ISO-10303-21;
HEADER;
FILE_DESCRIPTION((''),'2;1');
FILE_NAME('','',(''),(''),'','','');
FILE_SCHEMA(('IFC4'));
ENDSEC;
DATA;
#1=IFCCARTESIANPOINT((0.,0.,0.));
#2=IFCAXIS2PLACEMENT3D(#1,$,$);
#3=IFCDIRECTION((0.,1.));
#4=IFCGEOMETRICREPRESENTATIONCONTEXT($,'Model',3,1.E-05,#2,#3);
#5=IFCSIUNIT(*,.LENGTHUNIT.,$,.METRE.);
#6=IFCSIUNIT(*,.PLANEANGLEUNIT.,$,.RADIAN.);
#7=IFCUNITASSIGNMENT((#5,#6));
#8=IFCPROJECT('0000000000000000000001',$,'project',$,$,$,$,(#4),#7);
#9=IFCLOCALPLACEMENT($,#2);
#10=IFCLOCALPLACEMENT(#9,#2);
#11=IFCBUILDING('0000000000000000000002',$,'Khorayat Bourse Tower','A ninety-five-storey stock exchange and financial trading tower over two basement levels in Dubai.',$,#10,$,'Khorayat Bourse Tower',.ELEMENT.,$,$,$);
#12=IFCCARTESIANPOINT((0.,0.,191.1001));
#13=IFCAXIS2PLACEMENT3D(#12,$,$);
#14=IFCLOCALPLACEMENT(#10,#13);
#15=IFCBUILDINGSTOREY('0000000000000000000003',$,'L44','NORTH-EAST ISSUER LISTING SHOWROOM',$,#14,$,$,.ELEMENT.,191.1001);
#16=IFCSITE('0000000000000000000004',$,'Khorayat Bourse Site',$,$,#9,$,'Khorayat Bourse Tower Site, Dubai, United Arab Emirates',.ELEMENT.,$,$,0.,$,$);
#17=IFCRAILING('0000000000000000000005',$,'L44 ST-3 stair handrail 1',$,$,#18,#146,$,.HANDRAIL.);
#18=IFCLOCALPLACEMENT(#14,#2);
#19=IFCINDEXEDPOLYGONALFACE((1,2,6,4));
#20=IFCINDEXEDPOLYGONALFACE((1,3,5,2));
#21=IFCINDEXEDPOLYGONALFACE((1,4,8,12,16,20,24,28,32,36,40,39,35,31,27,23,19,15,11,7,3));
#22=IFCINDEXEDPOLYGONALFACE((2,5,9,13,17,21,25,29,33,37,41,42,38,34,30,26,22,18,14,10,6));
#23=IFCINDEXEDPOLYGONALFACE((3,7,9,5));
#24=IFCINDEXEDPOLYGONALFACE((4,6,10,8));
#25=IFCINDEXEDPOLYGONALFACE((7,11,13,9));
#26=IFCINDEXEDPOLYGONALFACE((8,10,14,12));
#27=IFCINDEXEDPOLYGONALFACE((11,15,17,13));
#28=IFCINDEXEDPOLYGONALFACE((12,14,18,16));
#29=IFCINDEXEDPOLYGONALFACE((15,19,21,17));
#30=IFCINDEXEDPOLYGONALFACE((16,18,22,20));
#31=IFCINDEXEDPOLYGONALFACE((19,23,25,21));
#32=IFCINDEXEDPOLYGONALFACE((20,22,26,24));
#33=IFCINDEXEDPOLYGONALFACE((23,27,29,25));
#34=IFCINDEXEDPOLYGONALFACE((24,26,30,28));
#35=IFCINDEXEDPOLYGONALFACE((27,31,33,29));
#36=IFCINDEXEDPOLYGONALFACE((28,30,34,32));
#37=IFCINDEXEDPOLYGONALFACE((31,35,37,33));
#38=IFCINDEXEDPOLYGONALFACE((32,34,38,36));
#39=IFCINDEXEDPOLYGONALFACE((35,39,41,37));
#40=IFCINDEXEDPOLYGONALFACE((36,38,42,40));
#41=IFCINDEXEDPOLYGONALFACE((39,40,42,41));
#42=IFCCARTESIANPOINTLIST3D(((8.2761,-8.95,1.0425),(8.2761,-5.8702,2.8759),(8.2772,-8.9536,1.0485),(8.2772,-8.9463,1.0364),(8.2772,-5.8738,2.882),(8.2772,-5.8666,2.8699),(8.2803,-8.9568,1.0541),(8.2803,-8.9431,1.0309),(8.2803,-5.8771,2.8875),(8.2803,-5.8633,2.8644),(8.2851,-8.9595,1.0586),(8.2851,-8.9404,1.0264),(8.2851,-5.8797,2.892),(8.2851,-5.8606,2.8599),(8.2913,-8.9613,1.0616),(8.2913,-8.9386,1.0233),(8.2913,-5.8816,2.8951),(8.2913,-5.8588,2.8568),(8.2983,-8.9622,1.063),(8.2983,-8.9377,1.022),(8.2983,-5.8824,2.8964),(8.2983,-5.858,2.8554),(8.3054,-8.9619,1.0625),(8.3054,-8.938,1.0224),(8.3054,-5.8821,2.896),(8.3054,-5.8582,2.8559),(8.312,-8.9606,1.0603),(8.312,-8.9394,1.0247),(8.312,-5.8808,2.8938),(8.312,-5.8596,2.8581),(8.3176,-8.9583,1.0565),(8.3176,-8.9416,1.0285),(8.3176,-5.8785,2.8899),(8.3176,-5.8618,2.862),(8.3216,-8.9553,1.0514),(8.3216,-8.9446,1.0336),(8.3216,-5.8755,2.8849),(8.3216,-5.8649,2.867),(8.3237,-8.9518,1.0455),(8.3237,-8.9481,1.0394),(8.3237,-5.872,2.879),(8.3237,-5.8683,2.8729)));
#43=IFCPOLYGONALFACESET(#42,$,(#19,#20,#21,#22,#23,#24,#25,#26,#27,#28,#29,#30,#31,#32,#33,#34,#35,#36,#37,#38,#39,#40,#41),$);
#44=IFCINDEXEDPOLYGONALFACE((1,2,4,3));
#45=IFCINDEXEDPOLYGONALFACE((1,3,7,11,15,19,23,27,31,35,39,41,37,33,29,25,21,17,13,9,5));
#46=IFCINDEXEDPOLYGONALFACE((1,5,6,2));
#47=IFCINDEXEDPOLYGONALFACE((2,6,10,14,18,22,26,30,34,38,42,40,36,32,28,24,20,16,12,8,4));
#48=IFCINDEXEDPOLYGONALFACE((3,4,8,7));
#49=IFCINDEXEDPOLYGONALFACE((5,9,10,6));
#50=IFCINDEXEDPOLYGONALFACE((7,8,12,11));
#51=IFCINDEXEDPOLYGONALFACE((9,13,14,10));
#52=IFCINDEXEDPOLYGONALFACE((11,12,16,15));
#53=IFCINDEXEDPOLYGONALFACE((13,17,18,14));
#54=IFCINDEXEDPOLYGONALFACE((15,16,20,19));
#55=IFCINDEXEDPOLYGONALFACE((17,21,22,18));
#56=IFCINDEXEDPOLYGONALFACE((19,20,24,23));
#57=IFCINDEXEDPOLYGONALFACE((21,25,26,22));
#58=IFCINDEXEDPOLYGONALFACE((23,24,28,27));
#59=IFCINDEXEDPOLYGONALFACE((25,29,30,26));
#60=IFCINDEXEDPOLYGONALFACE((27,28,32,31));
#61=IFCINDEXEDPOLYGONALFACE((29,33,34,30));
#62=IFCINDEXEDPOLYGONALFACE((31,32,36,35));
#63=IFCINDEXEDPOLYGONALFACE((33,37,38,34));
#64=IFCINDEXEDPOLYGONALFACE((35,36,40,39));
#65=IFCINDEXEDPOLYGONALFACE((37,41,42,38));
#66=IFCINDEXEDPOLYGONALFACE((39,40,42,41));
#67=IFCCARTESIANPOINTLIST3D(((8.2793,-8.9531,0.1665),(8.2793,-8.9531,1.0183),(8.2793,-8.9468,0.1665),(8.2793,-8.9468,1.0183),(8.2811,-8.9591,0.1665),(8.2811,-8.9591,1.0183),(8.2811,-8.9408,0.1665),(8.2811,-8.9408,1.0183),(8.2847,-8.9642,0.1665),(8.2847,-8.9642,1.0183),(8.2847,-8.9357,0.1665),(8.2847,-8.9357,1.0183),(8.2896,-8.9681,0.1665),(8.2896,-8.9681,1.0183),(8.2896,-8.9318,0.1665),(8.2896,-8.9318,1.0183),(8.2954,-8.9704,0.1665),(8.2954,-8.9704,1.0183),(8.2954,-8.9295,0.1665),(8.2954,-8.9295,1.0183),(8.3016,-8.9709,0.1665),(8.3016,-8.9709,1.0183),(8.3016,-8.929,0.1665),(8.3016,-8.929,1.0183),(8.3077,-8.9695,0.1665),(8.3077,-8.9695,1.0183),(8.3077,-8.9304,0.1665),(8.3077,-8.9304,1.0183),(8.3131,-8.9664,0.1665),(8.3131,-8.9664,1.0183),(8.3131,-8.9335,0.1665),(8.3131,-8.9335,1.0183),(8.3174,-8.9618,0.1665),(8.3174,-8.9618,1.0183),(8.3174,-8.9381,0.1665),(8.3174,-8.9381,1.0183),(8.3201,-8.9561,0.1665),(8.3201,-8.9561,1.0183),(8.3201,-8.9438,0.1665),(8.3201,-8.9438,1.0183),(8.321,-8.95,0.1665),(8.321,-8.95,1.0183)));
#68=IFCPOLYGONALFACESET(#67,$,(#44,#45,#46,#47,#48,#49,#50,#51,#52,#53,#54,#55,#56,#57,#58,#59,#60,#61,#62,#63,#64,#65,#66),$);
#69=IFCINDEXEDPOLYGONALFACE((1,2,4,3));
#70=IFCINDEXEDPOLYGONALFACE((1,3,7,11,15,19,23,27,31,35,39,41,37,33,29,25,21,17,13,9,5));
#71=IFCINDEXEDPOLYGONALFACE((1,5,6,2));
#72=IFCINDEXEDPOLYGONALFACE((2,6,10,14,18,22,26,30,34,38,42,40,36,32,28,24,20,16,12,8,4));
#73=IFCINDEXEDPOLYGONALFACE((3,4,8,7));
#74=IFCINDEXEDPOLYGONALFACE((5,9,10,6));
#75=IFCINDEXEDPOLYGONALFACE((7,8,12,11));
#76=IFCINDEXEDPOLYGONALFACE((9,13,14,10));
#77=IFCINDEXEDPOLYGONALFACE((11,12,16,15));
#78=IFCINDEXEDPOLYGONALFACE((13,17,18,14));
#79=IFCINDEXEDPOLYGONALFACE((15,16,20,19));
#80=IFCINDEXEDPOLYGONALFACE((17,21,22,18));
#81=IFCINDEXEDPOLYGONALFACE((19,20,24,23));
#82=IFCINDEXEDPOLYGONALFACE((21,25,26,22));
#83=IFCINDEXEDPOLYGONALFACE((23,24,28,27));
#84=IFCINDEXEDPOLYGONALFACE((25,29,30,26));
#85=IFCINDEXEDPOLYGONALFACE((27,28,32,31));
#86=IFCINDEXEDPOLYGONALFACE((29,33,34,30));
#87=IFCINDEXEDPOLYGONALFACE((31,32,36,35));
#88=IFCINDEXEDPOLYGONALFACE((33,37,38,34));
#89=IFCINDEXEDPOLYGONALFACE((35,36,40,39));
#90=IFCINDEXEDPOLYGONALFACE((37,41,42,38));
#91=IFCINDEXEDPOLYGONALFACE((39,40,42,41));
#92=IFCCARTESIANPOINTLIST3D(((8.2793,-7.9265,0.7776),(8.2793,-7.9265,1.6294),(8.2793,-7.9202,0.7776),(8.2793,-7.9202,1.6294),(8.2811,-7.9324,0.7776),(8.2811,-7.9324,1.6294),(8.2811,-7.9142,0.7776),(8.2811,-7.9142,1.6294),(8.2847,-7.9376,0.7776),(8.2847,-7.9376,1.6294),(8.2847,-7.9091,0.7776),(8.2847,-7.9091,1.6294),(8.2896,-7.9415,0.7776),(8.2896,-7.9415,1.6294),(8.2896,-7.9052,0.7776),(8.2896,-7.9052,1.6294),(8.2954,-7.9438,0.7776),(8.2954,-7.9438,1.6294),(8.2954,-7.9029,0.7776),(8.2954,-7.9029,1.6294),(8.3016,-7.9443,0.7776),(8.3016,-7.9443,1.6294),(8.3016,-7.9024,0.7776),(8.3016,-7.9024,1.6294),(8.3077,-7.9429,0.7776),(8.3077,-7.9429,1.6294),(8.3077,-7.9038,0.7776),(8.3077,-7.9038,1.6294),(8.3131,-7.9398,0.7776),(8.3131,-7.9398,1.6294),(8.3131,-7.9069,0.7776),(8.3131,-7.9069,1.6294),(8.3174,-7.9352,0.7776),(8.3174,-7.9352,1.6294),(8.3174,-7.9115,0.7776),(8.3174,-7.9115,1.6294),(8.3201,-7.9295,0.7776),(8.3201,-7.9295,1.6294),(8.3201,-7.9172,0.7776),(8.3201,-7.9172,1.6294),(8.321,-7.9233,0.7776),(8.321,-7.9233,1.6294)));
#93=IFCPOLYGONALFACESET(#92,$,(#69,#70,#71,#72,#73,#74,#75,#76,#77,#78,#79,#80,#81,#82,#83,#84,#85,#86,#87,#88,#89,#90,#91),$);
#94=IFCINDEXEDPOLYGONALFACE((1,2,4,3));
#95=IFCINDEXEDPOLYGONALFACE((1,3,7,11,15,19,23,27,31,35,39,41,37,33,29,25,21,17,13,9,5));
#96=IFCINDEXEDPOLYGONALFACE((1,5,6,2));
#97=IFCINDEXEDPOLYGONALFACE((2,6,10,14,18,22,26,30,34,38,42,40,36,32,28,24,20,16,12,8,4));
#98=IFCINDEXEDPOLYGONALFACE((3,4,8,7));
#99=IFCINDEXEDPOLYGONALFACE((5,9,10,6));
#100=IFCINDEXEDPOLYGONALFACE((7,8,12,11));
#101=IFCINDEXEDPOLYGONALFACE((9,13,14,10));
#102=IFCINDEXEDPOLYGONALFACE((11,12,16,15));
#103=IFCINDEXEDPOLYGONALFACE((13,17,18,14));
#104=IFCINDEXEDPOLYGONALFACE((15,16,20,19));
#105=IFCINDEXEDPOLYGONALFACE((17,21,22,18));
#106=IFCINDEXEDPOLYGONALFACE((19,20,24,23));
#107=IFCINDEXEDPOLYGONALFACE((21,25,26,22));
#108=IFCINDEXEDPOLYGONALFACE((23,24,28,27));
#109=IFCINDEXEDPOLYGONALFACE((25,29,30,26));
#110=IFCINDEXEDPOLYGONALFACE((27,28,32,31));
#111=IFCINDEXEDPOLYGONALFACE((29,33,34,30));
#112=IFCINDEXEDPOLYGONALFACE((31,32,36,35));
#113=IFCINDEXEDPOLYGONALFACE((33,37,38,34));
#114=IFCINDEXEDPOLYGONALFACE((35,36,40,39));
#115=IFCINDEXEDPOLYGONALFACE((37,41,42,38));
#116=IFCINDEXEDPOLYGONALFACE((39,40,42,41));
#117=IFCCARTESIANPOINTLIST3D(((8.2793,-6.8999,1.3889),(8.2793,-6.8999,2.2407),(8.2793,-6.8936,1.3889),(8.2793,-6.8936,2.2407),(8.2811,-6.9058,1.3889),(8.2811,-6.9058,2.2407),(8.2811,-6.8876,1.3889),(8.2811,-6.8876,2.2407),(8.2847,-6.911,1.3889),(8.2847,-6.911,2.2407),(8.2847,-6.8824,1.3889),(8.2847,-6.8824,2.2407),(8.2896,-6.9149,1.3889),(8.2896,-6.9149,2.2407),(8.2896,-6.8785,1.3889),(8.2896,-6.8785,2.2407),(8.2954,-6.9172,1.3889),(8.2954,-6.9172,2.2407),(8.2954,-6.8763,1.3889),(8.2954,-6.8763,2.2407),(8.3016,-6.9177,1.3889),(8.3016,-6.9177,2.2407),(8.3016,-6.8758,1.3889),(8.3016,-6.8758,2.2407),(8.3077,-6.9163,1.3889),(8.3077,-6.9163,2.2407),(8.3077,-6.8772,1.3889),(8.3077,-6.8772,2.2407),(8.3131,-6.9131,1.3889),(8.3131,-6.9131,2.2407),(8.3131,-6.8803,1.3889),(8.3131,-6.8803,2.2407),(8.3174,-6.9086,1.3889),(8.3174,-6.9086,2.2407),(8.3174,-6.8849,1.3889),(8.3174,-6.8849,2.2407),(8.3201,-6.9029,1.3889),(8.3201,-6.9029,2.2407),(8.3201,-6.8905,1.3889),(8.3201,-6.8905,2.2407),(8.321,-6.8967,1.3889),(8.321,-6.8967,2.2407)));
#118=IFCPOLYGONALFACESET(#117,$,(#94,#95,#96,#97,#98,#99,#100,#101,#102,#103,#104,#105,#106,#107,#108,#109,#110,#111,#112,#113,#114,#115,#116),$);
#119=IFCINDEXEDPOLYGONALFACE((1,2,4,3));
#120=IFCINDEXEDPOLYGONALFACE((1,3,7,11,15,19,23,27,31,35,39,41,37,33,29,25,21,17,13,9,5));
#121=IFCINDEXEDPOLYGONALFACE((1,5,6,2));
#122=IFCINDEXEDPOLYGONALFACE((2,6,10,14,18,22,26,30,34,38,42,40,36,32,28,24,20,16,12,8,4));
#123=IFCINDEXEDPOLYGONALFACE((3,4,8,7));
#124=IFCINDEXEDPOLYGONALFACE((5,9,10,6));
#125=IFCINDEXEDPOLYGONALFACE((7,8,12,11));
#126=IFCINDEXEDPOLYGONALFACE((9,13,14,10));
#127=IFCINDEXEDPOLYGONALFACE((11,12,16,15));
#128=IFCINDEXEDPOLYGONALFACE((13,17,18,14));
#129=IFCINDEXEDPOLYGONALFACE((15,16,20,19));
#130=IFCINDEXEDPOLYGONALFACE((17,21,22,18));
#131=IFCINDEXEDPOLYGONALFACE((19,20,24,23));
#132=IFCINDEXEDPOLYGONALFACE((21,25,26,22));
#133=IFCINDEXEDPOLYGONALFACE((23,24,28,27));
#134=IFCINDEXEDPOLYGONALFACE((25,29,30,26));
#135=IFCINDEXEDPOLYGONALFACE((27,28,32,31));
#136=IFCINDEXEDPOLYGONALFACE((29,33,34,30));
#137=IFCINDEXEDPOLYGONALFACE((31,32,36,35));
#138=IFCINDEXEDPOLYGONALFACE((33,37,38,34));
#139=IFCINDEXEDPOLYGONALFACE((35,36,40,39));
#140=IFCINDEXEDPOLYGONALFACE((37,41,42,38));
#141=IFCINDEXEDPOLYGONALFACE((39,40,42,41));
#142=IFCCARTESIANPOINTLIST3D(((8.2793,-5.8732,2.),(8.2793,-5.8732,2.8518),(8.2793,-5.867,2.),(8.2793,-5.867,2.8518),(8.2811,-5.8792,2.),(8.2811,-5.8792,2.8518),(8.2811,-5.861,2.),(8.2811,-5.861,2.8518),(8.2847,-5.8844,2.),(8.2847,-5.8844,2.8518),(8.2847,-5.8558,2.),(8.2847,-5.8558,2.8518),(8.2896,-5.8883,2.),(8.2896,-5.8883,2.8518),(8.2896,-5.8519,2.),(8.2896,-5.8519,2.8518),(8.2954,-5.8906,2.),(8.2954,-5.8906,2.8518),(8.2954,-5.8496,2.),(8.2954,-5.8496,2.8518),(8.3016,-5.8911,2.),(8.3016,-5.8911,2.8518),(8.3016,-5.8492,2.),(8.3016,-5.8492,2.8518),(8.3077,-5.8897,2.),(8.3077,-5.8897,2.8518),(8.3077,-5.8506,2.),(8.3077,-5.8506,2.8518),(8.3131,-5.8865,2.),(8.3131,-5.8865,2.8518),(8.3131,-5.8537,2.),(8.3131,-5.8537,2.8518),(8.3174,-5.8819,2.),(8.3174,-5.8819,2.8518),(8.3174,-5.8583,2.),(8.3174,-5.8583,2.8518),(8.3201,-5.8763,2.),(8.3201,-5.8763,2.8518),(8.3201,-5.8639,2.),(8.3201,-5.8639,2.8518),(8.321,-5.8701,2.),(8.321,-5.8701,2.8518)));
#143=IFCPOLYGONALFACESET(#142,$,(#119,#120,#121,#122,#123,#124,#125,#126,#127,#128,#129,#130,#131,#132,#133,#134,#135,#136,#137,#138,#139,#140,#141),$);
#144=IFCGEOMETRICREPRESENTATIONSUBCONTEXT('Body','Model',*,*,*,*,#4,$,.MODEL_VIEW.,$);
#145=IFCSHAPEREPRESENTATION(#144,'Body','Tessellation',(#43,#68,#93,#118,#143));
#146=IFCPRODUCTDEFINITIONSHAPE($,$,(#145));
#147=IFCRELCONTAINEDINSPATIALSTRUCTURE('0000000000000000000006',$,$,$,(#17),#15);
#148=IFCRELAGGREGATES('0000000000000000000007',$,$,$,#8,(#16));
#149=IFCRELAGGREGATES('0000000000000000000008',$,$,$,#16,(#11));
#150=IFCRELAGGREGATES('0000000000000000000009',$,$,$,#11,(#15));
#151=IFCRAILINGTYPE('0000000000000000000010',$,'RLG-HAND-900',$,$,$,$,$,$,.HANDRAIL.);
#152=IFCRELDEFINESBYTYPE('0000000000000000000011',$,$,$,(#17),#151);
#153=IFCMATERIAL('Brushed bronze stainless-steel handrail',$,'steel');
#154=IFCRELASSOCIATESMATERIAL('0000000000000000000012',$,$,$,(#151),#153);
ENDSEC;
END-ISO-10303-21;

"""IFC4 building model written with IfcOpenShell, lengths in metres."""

from ifc_helpers import new_model, si_unit, direction, frame, origin, origin_2d, place, context, subcontext, project, spatial, circle, extrude, source, transform, mapped, material, type_object, element, save


model = new_model("IFC4")

# Units and contexts
model_context = context("Model", 3, precision=1e-05, world=origin(), true_north=direction((0.0, 1.0)))
body_context = subcontext(model_context, "Body", "Model", "MODEL_VIEW")
ifc_project = project(units=[si_unit("LENGTHUNIT", "METRE"), si_unit("PLANEANGLEUNIT", "RADIAN")], contexts=[model_context])

# Site, building, storey
site_placement = place(None, origin())
site = spatial("IfcSite", under=ifc_project, at=site_placement, Name="Khorayat Bourse Site", LongName="Khorayat Bourse Tower Site, Dubai, United Arab Emirates", CompositionType="ELEMENT", RefElevation=0.0)
building_placement = place(site_placement, origin())
building = spatial("IfcBuilding", under=site, at=building_placement, Name="Khorayat Bourse Tower", Description="A ninety-five-storey stock exchange and financial trading tower over two basement levels in Dubai.", LongName="Khorayat Bourse Tower", CompositionType="ELEMENT")
storey_placement = place(building_placement, frame((0.0, 0.0, 191.1001)))
storey = spatial("IfcBuildingStorey", under=building, at=storey_placement, Name="L44", Description="NORTH-EAST ISSUER LISTING SHOWROOM", CompositionType="ELEMENT", Elevation=191.1001)

# Railing
ifc_material_1 = material(Name="Brushed bronze stainless-steel handrail", Category="steel")
railing_type_1 = type_object("IfcRailingType", Name="RLG-HAND-900", PredefinedType="HANDRAIL", material=ifc_material_1)
shared_shape_1 = source(origin(), body_context, "Body", "SweptSolid", [
    extrude(circle(Radius=0.0239, at=origin_2d()), frame((0.0, 0.0, 0.876), z_axis=(0.0, 0.859261, 0.511538), x_axis=(-1.0, 0.0, 0.0)), (0.0, 0.0, 1.0), 3.5842),
    extrude(circle(Radius=0.021, at=origin_2d()), origin(), (0.0, 0.0, 1.0), 0.8518),
    extrude(circle(Radius=0.021, at=origin_2d()), frame((0.0, 1.0266, 0.6111)), (0.0, 0.0, 1.0), 0.8518),
    extrude(circle(Radius=0.021, at=origin_2d()), frame((0.0, 2.0532, 1.2224)), (0.0, 0.0, 1.0), 0.8518),
    extrude(circle(Radius=0.021, at=origin_2d()), frame((0.0, 3.0798, 1.8335)), (0.0, 0.0, 1.0), 0.8518),
])
railing_1_placement = place(storey_placement, frame((8.3, -8.95, 0.1665)))
element("IfcRailing", 1, at=railing_1_placement, inside=storey, type_object=railing_type_1, Name="L44 ST-3 stair handrail 1", PredefinedType="HANDRAIL", context=body_context, shape_type="MappedRepresentation", body=[
    mapped(shared_shape_1, transform((0.0, 0.0, 0.0), scale=1.0)),
])

save(model, "model.ifc")
